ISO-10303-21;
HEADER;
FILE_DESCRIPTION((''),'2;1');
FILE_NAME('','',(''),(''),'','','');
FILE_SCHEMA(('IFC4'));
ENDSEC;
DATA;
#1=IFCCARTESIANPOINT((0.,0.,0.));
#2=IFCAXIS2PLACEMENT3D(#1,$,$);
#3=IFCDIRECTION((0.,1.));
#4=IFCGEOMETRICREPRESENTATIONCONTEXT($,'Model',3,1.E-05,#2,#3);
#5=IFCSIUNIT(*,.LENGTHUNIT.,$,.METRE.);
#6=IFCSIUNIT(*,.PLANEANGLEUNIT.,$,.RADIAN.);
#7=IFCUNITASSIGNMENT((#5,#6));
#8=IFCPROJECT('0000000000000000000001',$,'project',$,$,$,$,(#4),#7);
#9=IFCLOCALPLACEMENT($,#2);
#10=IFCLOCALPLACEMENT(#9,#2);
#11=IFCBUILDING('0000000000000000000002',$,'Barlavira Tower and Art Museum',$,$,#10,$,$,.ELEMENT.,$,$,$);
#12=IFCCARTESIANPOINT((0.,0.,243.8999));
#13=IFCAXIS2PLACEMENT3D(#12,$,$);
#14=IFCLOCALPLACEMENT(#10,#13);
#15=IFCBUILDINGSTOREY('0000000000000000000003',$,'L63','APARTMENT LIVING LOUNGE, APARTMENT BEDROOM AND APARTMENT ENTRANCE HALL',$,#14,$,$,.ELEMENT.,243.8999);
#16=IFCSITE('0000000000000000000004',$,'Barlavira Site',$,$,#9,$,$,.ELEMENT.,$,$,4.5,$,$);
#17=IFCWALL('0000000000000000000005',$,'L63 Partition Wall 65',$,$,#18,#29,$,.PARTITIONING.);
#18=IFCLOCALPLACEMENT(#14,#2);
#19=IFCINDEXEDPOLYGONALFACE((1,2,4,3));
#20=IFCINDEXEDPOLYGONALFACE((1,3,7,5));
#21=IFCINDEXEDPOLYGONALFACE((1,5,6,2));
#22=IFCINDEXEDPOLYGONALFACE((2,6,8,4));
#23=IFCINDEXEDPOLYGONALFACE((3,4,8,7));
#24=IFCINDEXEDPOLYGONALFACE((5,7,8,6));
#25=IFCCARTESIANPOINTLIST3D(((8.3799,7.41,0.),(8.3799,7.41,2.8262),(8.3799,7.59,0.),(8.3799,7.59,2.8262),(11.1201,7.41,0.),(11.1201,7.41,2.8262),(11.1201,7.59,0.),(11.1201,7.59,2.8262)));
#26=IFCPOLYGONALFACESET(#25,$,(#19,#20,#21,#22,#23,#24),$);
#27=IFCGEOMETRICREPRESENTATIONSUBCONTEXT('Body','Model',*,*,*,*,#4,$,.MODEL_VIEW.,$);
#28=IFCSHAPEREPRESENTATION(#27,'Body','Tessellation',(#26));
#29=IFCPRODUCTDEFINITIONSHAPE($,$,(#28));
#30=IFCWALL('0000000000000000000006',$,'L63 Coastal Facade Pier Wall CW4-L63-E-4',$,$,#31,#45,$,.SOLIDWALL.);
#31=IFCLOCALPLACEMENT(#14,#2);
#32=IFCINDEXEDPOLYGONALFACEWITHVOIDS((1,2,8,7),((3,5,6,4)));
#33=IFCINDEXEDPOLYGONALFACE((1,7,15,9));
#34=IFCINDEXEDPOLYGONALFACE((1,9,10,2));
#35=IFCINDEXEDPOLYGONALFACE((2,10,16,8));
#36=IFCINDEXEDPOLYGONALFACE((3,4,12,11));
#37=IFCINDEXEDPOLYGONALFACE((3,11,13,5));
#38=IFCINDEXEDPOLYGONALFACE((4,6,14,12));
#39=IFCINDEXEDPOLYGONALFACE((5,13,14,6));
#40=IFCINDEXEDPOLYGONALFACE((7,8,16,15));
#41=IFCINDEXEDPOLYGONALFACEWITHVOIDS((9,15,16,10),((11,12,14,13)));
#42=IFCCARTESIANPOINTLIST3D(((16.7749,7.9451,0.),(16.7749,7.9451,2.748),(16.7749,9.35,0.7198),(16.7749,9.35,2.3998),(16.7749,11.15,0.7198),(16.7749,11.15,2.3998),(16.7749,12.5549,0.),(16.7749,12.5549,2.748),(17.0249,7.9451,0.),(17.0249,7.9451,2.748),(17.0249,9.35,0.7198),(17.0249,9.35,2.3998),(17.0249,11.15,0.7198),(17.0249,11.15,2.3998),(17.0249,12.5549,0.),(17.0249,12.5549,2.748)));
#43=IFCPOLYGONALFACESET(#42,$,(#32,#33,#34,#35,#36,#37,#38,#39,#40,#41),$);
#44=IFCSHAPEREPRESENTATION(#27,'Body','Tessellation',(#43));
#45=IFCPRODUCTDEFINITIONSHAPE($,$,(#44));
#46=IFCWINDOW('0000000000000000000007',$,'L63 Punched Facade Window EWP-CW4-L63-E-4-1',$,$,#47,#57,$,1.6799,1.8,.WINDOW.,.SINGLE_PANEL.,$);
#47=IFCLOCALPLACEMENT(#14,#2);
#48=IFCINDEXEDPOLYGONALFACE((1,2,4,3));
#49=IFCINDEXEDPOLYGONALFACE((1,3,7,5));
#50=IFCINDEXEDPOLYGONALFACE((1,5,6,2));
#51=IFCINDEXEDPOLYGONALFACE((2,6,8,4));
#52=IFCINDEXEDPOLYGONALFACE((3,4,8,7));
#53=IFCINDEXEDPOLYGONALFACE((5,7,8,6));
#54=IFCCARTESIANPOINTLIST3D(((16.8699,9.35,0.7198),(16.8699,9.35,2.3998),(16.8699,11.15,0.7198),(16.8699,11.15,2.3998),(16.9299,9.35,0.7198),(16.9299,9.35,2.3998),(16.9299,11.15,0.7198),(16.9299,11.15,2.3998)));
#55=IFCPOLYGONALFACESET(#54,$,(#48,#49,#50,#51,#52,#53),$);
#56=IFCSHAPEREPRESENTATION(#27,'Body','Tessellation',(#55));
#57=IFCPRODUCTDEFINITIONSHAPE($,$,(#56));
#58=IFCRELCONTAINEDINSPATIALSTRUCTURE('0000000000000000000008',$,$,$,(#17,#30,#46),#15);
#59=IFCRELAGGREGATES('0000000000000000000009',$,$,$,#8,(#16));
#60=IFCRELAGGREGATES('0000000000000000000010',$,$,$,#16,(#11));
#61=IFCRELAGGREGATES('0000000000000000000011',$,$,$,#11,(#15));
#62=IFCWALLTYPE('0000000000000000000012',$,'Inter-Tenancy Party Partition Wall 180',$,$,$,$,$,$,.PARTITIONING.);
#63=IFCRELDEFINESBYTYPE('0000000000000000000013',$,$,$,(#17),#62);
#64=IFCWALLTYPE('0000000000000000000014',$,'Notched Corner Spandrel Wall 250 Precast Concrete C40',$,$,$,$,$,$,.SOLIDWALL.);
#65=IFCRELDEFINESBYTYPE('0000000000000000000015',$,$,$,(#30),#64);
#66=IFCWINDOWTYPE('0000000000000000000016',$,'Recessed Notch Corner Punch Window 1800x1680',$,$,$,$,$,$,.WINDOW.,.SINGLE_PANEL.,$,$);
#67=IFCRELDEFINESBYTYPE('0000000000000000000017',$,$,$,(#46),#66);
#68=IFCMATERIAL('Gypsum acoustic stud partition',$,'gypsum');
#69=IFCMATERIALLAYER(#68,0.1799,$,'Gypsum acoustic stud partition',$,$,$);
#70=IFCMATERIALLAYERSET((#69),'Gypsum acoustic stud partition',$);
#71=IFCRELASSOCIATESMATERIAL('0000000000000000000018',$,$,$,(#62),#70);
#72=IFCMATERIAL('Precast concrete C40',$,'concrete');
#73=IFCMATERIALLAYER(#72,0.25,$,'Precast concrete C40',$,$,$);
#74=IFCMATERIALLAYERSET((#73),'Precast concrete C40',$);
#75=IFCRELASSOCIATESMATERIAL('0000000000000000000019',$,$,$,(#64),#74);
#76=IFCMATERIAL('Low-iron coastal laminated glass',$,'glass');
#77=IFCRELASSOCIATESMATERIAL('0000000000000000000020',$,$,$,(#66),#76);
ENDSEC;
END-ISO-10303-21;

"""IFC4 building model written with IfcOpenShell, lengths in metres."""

from ifc_helpers import new_model, si_unit, direction, frame, frame_2d, origin, place, context, subcontext, project, spatial, rectangle, extrude, material, layer, layer_set, type_object, element, fill, save


model = new_model("IFC4")

# Units and contexts
model_context = context("Model", 3, precision=1e-05, world=origin(), true_north=direction((0.0, 1.0)))
body_context = subcontext(model_context, "Body", "Model", "MODEL_VIEW")
ifc_project = project(units=[si_unit("LENGTHUNIT", "METRE"), si_unit("PLANEANGLEUNIT", "RADIAN")], contexts=[model_context])

# Site, building, storey
site_placement = place(None, origin())
site = spatial("IfcSite", under=ifc_project, at=site_placement, Name="Barlavira Site", CompositionType="ELEMENT", RefElevation=4.5)
building_placement = place(site_placement, origin())
building = spatial("IfcBuilding", under=site, at=building_placement, Name="Barlavira Tower and Art Museum", CompositionType="ELEMENT")
storey_placement = place(building_placement, frame((0.0, 0.0, 243.8999)))
storey = spatial("IfcBuildingStorey", under=building, at=storey_placement, Name="L63", Description="APARTMENT LIVING LOUNGE, APARTMENT BEDROOM AND APARTMENT ENTRANCE HALL", CompositionType="ELEMENT", Elevation=243.8999)

# Shared definitions
ifc_material_1 = material(Name="Low-iron coastal laminated glass", Category="glass")

# Shared definitions
ifc_material_2 = material(Name="Gypsum acoustic stud partition", Category="gypsum")

# Wall
ifc_layer_1 = layer(ifc_material_2, 0.1799, Name="Gypsum acoustic stud partition")
ifc_layer_set_1 = layer_set([ifc_layer_1], Name="Gypsum acoustic stud partition")
wall_type_1 = type_object("IfcWallType", Name="Inter-Tenancy Party Partition Wall 180", PredefinedType="PARTITIONING", material=ifc_layer_set_1)
wall_1_placement = place(storey_placement, frame((8.3799, 7.5, 0.0), z_axis=(0.0, 0.0, 1.0), x_axis=(1.0, 0.0, 0.0)))
element("IfcWall", 1, at=wall_1_placement, inside=storey, type_object=wall_type_1, Name="L63 Partition Wall 65", PredefinedType="PARTITIONING", context=body_context, shape_type="SweptSolid", body=[
    extrude(rectangle(XDim=2.7402, YDim=0.1799, at=frame_2d((1.3701, 0.0))), origin(), (0.0, 0.0, 1.0), 2.8262),
])

# Wall, opening, window
ifc_material_3 = material(Name="Precast concrete C40", Category="concrete")
ifc_layer_2 = layer(ifc_material_3, 0.25, Name="Precast concrete C40")
ifc_layer_set_2 = layer_set([ifc_layer_2], Name="Precast concrete C40")
wall_type_2 = type_object("IfcWallType", Name="Notched Corner Spandrel Wall 250 Precast Concrete C40", PredefinedType="SOLIDWALL", material=ifc_layer_set_2)
wall_2_placement = place(storey_placement, frame((16.8999, 7.9451, 0.0), z_axis=(0.0, 0.0, 1.0), x_axis=(0.0, 1.0, 0.0)))
wall_2 = element("IfcWall", 2, at=wall_2_placement, inside=storey, type_object=wall_type_2, Name="L63 Coastal Facade Pier Wall CW4-L63-E-4", PredefinedType="SOLIDWALL", context=body_context, shape_type="SweptSolid", body=[
    extrude(rectangle(XDim=4.6099, YDim=0.25, at=frame_2d((2.3049, 0.0))), origin(), (0.0, 0.0, 1.0), 2.748),
])
opening_1_placement = place(wall_2_placement, frame((1.405, 0.0, 0.72)))
opening_1 = element("IfcOpeningElement", 3, at=opening_1_placement, cuts=wall_2, PredefinedType="OPENING", context=body_context, shape_type="SweptSolid", body=[
    extrude(rectangle(XDim=1.8, YDim=1.6799, at=frame_2d((0.8999, 0.8398))), frame((0.0, 0.135, 0.0), z_axis=(0.0, -1.0, 0.0), x_axis=(1.0, 0.0, 0.0)), (0.0, 0.0, 1.0), 0.27),
])
window_type = type_object("IfcWindowType", Name="Recessed Notch Corner Punch Window 1800x1680", PartitioningType="SINGLE_PANEL", PredefinedType="WINDOW", material=ifc_material_1)
window_placement = place(opening_1_placement, origin())
window = element("IfcWindow", 4, at=window_placement, inside=storey, type_object=window_type, Name="L63 Punched Facade Window EWP-CW4-L63-E-4-1", OverallHeight=1.6799, OverallWidth=1.8, PartitioningType="SINGLE_PANEL", PredefinedType="WINDOW", context=body_context, shape_type="SweptSolid", body=[
    extrude(rectangle(XDim=1.8, YDim=1.6799, at=frame_2d((0.8999, 0.8398))), frame((0.0, 0.03, 0.0), z_axis=(0.0, -1.0, 0.0), x_axis=(1.0, 0.0, 0.0)), (0.0, 0.0, 1.0), 0.0601),
])
fill(opening_1, window)

save(model, "model.ifc")
